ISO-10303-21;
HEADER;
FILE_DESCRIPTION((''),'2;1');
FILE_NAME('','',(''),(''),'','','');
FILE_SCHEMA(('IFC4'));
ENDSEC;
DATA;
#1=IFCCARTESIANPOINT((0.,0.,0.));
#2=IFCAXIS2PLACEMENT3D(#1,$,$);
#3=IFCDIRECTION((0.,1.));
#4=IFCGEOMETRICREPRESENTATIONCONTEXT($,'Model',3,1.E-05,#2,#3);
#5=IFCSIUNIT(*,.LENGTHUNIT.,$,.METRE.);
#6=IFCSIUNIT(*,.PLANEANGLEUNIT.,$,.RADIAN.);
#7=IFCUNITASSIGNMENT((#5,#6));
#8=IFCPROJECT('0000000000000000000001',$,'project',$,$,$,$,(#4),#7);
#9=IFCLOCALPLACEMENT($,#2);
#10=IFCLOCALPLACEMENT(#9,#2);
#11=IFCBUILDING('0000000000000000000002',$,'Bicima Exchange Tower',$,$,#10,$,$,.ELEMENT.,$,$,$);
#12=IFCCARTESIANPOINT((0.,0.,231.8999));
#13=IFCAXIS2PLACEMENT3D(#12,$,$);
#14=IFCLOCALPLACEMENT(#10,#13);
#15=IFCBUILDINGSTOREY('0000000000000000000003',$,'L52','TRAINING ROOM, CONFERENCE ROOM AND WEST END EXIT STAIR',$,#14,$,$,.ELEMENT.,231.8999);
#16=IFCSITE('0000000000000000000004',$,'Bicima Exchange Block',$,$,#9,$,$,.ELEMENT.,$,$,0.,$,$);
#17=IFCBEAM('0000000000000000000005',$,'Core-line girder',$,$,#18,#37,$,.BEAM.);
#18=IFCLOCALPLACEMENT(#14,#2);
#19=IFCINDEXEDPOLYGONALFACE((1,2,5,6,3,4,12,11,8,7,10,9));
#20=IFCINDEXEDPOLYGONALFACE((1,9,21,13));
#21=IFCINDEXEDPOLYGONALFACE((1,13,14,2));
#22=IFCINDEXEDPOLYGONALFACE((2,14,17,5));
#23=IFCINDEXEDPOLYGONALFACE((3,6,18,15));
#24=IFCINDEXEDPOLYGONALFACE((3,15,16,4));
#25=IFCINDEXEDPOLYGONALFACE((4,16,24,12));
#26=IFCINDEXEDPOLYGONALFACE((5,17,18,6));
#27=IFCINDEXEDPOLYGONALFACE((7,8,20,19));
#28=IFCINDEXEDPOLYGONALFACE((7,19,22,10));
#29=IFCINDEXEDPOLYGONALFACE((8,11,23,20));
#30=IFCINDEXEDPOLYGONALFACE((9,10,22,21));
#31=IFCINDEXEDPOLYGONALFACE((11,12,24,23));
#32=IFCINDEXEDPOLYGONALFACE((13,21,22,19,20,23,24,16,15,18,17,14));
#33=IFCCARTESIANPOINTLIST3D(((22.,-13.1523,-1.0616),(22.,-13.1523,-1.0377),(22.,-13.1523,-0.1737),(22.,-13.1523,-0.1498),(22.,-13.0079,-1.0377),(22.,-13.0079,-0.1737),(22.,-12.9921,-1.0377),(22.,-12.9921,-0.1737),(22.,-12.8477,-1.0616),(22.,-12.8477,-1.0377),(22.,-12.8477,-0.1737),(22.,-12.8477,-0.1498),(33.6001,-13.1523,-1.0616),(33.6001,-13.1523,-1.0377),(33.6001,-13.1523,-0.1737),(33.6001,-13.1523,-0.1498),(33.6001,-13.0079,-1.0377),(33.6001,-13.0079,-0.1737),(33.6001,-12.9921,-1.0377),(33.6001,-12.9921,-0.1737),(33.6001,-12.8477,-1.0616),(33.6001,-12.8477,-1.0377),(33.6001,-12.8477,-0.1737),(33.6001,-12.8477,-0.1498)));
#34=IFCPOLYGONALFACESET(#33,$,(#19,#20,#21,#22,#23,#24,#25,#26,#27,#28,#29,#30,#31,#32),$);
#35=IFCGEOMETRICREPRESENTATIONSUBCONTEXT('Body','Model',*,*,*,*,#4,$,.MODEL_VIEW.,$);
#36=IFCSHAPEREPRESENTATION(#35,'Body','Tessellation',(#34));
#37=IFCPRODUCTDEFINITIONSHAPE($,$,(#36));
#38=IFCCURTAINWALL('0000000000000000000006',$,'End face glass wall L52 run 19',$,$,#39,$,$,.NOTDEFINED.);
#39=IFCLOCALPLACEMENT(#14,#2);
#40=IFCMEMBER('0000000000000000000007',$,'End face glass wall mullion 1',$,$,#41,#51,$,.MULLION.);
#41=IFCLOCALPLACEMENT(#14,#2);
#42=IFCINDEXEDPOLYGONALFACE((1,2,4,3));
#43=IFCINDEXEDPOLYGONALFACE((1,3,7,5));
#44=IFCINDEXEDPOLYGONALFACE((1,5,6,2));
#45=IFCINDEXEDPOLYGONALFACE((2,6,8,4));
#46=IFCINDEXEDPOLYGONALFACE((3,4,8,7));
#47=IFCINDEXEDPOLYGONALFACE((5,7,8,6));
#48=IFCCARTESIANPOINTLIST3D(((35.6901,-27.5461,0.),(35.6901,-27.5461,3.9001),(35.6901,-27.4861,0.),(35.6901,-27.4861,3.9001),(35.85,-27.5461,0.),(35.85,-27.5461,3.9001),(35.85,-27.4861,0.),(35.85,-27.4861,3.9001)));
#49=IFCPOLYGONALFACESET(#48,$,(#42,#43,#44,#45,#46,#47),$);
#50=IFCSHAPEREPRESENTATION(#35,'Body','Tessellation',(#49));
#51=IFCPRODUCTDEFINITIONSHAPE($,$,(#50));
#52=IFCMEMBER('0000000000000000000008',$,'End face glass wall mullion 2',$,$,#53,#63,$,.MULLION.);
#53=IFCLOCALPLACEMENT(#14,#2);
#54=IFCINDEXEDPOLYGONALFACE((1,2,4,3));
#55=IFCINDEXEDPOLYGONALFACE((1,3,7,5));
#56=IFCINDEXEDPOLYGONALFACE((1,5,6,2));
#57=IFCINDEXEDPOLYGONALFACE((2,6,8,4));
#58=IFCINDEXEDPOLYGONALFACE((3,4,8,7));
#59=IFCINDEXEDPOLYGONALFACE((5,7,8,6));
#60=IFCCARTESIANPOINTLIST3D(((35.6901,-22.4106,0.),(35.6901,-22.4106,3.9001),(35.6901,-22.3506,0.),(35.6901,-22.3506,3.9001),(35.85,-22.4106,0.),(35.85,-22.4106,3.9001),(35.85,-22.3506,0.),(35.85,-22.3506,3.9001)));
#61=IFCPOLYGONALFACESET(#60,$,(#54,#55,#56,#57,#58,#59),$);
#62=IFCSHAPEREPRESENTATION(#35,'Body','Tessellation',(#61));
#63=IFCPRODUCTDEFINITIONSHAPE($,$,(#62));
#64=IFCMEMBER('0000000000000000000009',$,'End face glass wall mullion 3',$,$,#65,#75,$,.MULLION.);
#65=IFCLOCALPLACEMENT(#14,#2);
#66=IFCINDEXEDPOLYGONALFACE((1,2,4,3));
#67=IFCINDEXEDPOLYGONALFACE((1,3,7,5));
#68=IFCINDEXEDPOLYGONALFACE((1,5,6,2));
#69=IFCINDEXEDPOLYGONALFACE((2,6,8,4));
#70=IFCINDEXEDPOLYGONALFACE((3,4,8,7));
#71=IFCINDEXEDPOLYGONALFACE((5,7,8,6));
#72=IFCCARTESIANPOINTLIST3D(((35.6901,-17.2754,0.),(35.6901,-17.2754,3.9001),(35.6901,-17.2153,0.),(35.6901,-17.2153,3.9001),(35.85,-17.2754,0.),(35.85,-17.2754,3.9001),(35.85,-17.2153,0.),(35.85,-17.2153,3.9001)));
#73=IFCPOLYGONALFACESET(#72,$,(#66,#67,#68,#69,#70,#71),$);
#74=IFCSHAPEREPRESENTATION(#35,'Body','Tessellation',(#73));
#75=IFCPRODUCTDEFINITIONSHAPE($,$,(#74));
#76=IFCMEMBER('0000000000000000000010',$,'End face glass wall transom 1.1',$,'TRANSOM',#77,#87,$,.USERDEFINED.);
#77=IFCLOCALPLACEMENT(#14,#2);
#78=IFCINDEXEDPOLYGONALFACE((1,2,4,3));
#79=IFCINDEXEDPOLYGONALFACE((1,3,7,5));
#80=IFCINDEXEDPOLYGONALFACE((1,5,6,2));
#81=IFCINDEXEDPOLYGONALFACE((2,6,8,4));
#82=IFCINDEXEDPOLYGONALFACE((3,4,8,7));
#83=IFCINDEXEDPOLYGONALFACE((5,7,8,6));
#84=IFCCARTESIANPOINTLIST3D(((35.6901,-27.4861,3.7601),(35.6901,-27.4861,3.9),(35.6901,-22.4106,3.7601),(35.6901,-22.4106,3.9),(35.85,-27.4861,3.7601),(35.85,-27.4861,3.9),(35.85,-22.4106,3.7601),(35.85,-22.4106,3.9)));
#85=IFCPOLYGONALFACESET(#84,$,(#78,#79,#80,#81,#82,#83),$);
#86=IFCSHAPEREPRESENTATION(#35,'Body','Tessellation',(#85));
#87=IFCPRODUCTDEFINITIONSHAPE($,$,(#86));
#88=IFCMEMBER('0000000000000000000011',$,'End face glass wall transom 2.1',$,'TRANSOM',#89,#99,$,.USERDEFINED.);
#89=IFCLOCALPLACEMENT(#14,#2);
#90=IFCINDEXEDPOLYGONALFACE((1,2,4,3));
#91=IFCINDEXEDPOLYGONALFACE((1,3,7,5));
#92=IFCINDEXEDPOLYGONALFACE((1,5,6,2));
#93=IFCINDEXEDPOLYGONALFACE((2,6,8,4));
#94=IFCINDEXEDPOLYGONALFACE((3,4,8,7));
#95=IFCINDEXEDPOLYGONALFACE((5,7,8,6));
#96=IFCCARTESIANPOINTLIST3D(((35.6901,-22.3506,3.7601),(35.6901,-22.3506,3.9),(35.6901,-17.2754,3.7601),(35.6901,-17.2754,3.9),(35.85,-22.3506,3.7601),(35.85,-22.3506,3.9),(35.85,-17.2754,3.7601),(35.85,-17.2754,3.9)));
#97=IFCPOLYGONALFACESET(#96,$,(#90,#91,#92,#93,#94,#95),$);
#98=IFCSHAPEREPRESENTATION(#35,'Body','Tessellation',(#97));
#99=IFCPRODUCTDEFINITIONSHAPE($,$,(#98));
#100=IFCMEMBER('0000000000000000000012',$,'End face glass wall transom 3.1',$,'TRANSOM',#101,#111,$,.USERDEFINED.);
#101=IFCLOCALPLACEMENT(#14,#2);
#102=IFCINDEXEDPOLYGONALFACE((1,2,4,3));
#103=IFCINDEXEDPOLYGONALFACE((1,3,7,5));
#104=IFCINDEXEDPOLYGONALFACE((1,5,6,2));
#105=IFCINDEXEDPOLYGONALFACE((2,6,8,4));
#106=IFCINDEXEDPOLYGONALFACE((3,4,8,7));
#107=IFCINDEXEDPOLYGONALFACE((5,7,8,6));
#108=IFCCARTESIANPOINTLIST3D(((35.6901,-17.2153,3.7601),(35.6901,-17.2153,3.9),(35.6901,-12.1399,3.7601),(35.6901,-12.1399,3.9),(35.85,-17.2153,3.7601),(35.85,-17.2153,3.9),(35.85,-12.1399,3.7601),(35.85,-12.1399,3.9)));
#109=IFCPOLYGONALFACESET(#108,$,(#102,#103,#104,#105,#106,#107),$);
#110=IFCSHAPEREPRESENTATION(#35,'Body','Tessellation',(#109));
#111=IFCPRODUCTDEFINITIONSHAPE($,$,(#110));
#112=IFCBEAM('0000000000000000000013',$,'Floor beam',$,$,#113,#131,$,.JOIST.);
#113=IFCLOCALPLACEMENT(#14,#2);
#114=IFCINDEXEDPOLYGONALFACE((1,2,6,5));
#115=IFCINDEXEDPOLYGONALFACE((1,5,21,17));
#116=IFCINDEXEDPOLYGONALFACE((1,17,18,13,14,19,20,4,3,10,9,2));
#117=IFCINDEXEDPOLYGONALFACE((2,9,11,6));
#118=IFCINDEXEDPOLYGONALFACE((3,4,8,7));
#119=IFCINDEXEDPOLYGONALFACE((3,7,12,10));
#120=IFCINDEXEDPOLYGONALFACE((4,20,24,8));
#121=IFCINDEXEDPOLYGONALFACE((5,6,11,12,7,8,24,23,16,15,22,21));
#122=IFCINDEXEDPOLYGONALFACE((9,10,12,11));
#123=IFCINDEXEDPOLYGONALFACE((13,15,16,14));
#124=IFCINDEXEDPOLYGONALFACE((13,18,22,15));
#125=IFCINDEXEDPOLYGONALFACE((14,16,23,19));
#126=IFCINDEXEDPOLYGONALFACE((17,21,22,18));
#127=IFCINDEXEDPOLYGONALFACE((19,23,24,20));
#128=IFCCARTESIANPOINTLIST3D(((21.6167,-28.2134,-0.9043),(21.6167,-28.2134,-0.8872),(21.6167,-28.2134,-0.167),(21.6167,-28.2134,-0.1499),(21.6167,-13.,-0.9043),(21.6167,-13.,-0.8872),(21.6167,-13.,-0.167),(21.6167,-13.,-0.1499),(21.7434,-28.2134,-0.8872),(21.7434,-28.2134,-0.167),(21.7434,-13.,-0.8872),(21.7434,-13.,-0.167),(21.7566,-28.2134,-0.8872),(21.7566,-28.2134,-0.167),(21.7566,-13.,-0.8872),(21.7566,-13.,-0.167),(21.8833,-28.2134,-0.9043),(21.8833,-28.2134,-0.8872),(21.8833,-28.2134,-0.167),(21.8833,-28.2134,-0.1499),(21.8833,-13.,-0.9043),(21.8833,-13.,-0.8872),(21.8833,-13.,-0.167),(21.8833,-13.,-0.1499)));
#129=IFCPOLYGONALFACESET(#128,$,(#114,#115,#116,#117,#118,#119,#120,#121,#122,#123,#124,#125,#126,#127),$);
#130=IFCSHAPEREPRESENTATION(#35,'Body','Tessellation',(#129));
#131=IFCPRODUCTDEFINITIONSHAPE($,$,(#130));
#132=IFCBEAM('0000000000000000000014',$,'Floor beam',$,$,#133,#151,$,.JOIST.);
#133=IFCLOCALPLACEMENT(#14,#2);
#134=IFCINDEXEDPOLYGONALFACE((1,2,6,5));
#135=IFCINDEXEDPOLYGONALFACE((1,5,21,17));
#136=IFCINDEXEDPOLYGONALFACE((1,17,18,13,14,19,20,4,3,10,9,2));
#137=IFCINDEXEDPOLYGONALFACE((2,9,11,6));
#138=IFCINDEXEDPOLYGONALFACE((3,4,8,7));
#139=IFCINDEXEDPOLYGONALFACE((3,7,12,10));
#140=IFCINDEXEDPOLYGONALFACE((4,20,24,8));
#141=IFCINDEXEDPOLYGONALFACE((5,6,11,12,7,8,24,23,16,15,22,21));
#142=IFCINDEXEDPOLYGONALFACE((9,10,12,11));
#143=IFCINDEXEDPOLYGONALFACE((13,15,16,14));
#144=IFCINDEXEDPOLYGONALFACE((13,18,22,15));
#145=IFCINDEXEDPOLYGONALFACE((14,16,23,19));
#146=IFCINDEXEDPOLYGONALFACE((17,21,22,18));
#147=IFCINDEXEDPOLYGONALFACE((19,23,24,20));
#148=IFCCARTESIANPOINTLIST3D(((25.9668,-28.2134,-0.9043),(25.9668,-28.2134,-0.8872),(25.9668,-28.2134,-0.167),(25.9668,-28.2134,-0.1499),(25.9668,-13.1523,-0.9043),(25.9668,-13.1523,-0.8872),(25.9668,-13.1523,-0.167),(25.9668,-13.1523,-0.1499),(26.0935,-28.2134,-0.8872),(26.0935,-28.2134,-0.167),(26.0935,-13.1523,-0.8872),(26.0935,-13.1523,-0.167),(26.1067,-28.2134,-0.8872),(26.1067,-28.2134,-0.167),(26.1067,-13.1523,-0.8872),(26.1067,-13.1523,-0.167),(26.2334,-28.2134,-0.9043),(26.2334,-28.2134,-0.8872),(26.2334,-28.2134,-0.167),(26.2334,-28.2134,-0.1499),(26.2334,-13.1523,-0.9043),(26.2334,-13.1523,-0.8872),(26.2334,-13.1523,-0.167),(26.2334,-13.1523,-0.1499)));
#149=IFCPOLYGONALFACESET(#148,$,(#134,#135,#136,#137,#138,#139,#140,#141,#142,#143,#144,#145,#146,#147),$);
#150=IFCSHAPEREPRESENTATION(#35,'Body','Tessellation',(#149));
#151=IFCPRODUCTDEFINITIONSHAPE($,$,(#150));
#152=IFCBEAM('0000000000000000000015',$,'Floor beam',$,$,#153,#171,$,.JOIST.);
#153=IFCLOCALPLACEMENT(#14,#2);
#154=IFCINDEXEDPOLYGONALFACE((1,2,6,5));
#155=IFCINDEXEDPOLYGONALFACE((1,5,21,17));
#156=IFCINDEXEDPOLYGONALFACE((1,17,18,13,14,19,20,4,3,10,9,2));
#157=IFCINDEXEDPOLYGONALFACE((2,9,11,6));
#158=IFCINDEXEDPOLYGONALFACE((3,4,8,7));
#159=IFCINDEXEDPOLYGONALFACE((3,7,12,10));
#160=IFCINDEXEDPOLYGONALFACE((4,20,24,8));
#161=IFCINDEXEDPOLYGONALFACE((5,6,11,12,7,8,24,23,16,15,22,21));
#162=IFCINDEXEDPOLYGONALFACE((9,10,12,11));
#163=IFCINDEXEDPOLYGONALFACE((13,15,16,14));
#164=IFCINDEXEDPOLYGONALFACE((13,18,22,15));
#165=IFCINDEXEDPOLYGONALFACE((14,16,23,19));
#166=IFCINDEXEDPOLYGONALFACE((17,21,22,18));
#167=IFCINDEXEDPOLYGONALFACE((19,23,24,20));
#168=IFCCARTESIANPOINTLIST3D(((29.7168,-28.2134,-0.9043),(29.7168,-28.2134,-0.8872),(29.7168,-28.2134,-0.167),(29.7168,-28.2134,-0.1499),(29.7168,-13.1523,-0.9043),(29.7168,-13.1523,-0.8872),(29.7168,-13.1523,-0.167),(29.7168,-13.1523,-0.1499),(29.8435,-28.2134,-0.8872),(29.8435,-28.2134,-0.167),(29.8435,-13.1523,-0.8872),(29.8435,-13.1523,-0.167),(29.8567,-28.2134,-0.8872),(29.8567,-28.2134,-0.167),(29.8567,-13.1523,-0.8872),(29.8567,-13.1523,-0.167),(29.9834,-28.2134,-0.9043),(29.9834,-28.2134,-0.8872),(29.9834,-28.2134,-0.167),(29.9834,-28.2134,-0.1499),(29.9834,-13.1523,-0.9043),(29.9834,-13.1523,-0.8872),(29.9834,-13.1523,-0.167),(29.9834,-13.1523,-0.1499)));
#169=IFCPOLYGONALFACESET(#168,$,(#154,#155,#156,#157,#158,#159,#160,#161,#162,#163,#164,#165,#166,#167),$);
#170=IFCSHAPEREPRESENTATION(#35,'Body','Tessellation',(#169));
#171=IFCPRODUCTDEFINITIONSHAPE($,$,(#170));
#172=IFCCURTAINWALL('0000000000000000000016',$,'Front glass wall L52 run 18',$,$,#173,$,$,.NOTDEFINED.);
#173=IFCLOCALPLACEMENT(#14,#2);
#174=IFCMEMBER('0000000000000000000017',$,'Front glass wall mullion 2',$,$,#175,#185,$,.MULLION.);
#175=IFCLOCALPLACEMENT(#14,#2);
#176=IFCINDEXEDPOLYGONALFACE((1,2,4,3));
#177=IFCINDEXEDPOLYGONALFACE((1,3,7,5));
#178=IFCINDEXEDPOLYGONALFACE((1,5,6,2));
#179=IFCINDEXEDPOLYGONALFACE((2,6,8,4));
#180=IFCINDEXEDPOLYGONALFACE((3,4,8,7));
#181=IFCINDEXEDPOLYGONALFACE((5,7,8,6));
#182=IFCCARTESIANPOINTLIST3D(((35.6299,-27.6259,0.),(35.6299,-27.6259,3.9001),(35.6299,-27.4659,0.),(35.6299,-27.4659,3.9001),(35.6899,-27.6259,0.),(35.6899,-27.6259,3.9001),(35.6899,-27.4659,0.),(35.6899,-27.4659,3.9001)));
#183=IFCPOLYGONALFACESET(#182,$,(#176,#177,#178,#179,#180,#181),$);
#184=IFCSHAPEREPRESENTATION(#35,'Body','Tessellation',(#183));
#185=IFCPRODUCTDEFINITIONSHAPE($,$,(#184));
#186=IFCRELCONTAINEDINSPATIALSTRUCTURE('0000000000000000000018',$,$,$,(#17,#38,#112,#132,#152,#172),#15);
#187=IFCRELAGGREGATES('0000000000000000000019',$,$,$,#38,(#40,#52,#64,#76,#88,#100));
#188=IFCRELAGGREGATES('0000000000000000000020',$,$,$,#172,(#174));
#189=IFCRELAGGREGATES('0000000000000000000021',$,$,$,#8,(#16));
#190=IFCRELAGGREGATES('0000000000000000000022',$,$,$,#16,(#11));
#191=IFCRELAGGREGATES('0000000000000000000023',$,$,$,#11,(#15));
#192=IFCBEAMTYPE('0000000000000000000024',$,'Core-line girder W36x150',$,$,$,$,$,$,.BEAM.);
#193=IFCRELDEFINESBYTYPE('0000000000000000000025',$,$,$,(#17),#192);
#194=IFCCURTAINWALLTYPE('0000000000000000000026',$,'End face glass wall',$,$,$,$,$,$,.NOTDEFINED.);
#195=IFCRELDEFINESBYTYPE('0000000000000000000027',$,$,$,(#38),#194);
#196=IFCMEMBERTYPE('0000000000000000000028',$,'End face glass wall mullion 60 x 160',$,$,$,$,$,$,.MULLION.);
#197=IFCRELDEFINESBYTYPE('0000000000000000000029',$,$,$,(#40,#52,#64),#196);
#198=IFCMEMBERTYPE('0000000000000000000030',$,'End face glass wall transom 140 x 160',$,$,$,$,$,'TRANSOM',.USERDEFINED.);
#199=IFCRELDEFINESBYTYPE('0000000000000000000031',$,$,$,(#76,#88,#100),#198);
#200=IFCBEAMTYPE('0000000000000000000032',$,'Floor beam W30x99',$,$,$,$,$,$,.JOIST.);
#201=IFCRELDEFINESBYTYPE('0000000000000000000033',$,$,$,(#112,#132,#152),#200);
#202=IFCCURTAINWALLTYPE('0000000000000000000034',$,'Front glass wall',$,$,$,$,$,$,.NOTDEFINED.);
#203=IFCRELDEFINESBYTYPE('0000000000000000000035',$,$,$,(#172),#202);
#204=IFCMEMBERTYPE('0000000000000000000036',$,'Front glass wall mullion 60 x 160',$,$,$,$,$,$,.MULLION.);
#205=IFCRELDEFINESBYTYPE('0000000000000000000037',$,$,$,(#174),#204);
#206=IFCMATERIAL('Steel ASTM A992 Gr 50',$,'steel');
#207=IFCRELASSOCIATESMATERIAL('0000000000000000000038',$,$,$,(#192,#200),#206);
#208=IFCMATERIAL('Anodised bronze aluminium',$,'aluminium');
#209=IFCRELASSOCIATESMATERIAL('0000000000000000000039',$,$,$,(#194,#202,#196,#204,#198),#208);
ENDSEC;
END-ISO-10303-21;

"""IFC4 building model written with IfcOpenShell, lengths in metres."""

from ifc_helpers import new_model, si_unit, direction, frame, origin, origin_2d, place, context, subcontext, project, spatial, rectangle, i_section, extrude, material, material_profile, profile_set, type_object, element, aggregate, save


model = new_model("IFC4")

# Units and contexts
model_context = context("Model", 3, precision=1e-05, world=origin(), true_north=direction((0.0, 1.0)))
body_context = subcontext(model_context, "Body", "Model", "MODEL_VIEW")
ifc_project = project(units=[si_unit("LENGTHUNIT", "METRE"), si_unit("PLANEANGLEUNIT", "RADIAN")], contexts=[model_context])

# Site, building, storey
site_placement = place(None, origin())
site = spatial("IfcSite", under=ifc_project, at=site_placement, Name="Bicima Exchange Block", CompositionType="ELEMENT", RefElevation=0.0)
building_placement = place(site_placement, origin())
building = spatial("IfcBuilding", under=site, at=building_placement, Name="Bicima Exchange Tower", CompositionType="ELEMENT")
storey_placement = place(building_placement, frame((0.0, 0.0, 231.8999)))
storey = spatial("IfcBuildingStorey", under=building, at=storey_placement, Name="L52", Description="TRAINING ROOM, CONFERENCE ROOM AND WEST END EXIT STAIR", CompositionType="ELEMENT", Elevation=231.8999)

# Beam
ifc_material_1 = material(Name="Steel ASTM A992 Gr 50", Category="steel")
ifc_material_profile_1 = material_profile(ifc_material_1, i_section(OverallWidth=0.3047, OverallDepth=0.9119, WebThickness=0.0159, FlangeThickness=0.0239, at=origin_2d()))
ifc_profile_set_1 = profile_set([ifc_material_profile_1], Name="Steel ASTM A992 Gr 50")
beam_type_1 = type_object("IfcBeamType", Name="Core-line girder W36x150", PredefinedType="BEAM", material=ifc_profile_set_1)
beam_1_placement = place(storey_placement, frame((22.0, -13.0, -0.6057), z_axis=(1.0, 0.0, 0.0), x_axis=(0.0, 1.0, 0.0)))
element("IfcBeam", 1, at=beam_1_placement, inside=storey, type_object=beam_type_1, Name="Core-line girder", PredefinedType="BEAM", context=body_context, shape_type="SweptSolid", body=[
    extrude(i_section(OverallWidth=0.3047, OverallDepth=0.9119, WebThickness=0.0159, FlangeThickness=0.0239, at=origin_2d()), origin(), (0.0, 0.0, 1.0), 11.6001),
])

# Curtain wall, members
ifc_material_2 = material(Name="Anodised bronze aluminium", Category="aluminium")
curtain_wall_type_1 = type_object("IfcCurtainWallType", Name="End face glass wall", PredefinedType="NOTDEFINED", material=ifc_material_2)
curtain_wall_1_placement = place(storey_placement, origin())
curtain_wall_1 = element("IfcCurtainWall", 2, at=curtain_wall_1_placement, inside=storey, type_object=curtain_wall_type_1, Name="End face glass wall L52 run 19", PredefinedType="NOTDEFINED")
ifc_material_profile_2 = material_profile(ifc_material_2, rectangle(XDim=0.1599, YDim=0.0601, at=origin_2d()))
ifc_profile_set_2 = profile_set([ifc_material_profile_2], Name="Anodised bronze aluminium")
member_type_1 = type_object("IfcMemberType", Name="End face glass wall mullion 60 x 160", PredefinedType="MULLION", material=ifc_profile_set_2)
member_1_placement = place(storey_placement, frame((35.77, -27.5161, 0.0), z_axis=(0.0, 0.0, 1.0), x_axis=(-1.0, 0.0, 0.0)))
member_1 = element("IfcMember", 3, at=member_1_placement, type_object=member_type_1, Name="End face glass wall mullion 1", PredefinedType="MULLION", context=body_context, shape_type="SweptSolid", body=[
    extrude(rectangle(XDim=0.1599, YDim=0.0601, at=origin_2d()), origin(), (0.0, 0.0, 1.0), 3.9001),
])
member_2_placement = place(storey_placement, frame((35.77, -22.3806, 0.0), z_axis=(0.0, 0.0, 1.0), x_axis=(-1.0, 0.0, 0.0)))
member_2 = element("IfcMember", 4, at=member_2_placement, type_object=member_type_1, Name="End face glass wall mullion 2", PredefinedType="MULLION", context=body_context, shape_type="SweptSolid", body=[
    extrude(rectangle(XDim=0.1599, YDim=0.0601, at=origin_2d()), origin(), (0.0, 0.0, 1.0), 3.9001),
])
member_3_placement = place(storey_placement, frame((35.77, -17.2454, 0.0), z_axis=(0.0, 0.0, 1.0), x_axis=(-1.0, 0.0, 0.0)))
member_3 = element("IfcMember", 5, at=member_3_placement, type_object=member_type_1, Name="End face glass wall mullion 3", PredefinedType="MULLION", context=body_context, shape_type="SweptSolid", body=[
    extrude(rectangle(XDim=0.1599, YDim=0.0601, at=origin_2d()), origin(), (0.0, 0.0, 1.0), 3.9001),
])
ifc_material_profile_3 = material_profile(ifc_material_2, rectangle(XDim=0.1599, YDim=0.1399, at=origin_2d()))
ifc_profile_set_3 = profile_set([ifc_material_profile_3], Name="Anodised bronze aluminium")
member_type_2 = type_object("IfcMemberType", Name="End face glass wall transom 140 x 160", ElementType="TRANSOM", PredefinedType="USERDEFINED", material=ifc_profile_set_3)
member_4_placement = place(storey_placement, frame((35.77, -27.4861, 3.8301), z_axis=(0.0, 1.0, 0.0), x_axis=(-1.0, 0.0, 0.0)))
member_4 = element("IfcMember", 6, at=member_4_placement, type_object=member_type_2, Name="End face glass wall transom 1.1", ObjectType="TRANSOM", PredefinedType="USERDEFINED", context=body_context, shape_type="SweptSolid", body=[
    extrude(rectangle(XDim=0.1599, YDim=0.1399, at=origin_2d()), origin(), (0.0, 0.0, 1.0), 5.0754),
])
member_5_placement = place(storey_placement, frame((35.77, -22.3506, 3.8301), z_axis=(0.0, 1.0, 0.0), x_axis=(-1.0, 0.0, 0.0)))
member_5 = element("IfcMember", 7, at=member_5_placement, type_object=member_type_2, Name="End face glass wall transom 2.1", ObjectType="TRANSOM", PredefinedType="USERDEFINED", context=body_context, shape_type="SweptSolid", body=[
    extrude(rectangle(XDim=0.1599, YDim=0.1399, at=origin_2d()), origin(), (0.0, 0.0, 1.0), 5.0752),
])
member_6_placement = place(storey_placement, frame((35.77, -17.2153, 3.8301), z_axis=(0.0, 1.0, 0.0), x_axis=(-1.0, 0.0, 0.0)))
member_6 = element("IfcMember", 8, at=member_6_placement, type_object=member_type_2, Name="End face glass wall transom 3.1", ObjectType="TRANSOM", PredefinedType="USERDEFINED", context=body_context, shape_type="SweptSolid", body=[
    extrude(rectangle(XDim=0.1599, YDim=0.1399, at=origin_2d()), origin(), (0.0, 0.0, 1.0), 5.0754),
])

# Beams
ifc_material_profile_4 = material_profile(ifc_material_1, i_section(OverallWidth=0.2666, OverallDepth=0.7544, WebThickness=0.0132, FlangeThickness=0.0171, at=origin_2d()))
ifc_profile_set_4 = profile_set([ifc_material_profile_4], Name="Steel ASTM A992 Gr 50")
beam_type_2 = type_object("IfcBeamType", Name="Floor beam W30x99", PredefinedType="JOIST", material=ifc_profile_set_4)
beam_2_placement = place(storey_placement, frame((21.75, -13.0, -0.5271), z_axis=(0.0, -1.0, 0.0), x_axis=(1.0, 0.0, 0.0)))
element("IfcBeam", 9, at=beam_2_placement, inside=storey, type_object=beam_type_2, Name="Floor beam", PredefinedType="JOIST", context=body_context, shape_type="SweptSolid", body=[
    extrude(i_section(OverallWidth=0.2666, OverallDepth=0.7544, WebThickness=0.0132, FlangeThickness=0.0171, at=origin_2d()), origin(), (0.0, 0.0, 1.0), 15.2134),
])
for number, where, z_axis, x_axis, name in (
    (10, (26.1001, -13.1523, -0.5271), (0.0, -1.0, 0.0), (1.0, 0.0, 0.0), "Floor beam"),
    (11, (29.8501, -13.1523, -0.5271), (0.0, -1.0, 0.0), (1.0, 0.0, 0.0), "Floor beam"),
):
    element("IfcBeam", number, at=place(storey_placement, frame(where, z_axis=z_axis, x_axis=x_axis)), inside=storey, type_object=beam_type_2, Name=name, PredefinedType="JOIST", context=body_context, shape_type="SweptSolid", body=[
        extrude(i_section(OverallWidth=0.2666, OverallDepth=0.7544, WebThickness=0.0132, FlangeThickness=0.0171, at=origin_2d()), origin(), (0.0, 0.0, 1.0), 15.061),
    ])

# Curtain wall, member
curtain_wall_type_2 = type_object("IfcCurtainWallType", Name="Front glass wall", PredefinedType="NOTDEFINED", material=ifc_material_2)
curtain_wall_2_placement = place(storey_placement, origin())
curtain_wall_2 = element("IfcCurtainWall", 12, at=curtain_wall_2_placement, inside=storey, type_object=curtain_wall_type_2, Name="Front glass wall L52 run 18", PredefinedType="NOTDEFINED")
member_type_3 = type_object("IfcMemberType", Name="Front glass wall mullion 60 x 160", PredefinedType="MULLION", material=ifc_profile_set_2)
member_7_placement = place(storey_placement, frame((35.6599, -27.5459, 0.0), z_axis=(0.0, 0.0, 1.0), x_axis=(0.0, 1.0, 0.0)))
member_7 = element("IfcMember", 13, at=member_7_placement, type_object=member_type_3, Name="Front glass wall mullion 2", PredefinedType="MULLION", context=body_context, shape_type="SweptSolid", body=[
    extrude(rectangle(XDim=0.1599, YDim=0.0601, at=origin_2d()), origin(), (0.0, 0.0, 1.0), 3.9001),
])

aggregate(curtain_wall_1, [member_1, member_2, member_3, member_4, member_5, member_6])
aggregate(curtain_wall_2, [member_7])

save(model, "model.ifc")
